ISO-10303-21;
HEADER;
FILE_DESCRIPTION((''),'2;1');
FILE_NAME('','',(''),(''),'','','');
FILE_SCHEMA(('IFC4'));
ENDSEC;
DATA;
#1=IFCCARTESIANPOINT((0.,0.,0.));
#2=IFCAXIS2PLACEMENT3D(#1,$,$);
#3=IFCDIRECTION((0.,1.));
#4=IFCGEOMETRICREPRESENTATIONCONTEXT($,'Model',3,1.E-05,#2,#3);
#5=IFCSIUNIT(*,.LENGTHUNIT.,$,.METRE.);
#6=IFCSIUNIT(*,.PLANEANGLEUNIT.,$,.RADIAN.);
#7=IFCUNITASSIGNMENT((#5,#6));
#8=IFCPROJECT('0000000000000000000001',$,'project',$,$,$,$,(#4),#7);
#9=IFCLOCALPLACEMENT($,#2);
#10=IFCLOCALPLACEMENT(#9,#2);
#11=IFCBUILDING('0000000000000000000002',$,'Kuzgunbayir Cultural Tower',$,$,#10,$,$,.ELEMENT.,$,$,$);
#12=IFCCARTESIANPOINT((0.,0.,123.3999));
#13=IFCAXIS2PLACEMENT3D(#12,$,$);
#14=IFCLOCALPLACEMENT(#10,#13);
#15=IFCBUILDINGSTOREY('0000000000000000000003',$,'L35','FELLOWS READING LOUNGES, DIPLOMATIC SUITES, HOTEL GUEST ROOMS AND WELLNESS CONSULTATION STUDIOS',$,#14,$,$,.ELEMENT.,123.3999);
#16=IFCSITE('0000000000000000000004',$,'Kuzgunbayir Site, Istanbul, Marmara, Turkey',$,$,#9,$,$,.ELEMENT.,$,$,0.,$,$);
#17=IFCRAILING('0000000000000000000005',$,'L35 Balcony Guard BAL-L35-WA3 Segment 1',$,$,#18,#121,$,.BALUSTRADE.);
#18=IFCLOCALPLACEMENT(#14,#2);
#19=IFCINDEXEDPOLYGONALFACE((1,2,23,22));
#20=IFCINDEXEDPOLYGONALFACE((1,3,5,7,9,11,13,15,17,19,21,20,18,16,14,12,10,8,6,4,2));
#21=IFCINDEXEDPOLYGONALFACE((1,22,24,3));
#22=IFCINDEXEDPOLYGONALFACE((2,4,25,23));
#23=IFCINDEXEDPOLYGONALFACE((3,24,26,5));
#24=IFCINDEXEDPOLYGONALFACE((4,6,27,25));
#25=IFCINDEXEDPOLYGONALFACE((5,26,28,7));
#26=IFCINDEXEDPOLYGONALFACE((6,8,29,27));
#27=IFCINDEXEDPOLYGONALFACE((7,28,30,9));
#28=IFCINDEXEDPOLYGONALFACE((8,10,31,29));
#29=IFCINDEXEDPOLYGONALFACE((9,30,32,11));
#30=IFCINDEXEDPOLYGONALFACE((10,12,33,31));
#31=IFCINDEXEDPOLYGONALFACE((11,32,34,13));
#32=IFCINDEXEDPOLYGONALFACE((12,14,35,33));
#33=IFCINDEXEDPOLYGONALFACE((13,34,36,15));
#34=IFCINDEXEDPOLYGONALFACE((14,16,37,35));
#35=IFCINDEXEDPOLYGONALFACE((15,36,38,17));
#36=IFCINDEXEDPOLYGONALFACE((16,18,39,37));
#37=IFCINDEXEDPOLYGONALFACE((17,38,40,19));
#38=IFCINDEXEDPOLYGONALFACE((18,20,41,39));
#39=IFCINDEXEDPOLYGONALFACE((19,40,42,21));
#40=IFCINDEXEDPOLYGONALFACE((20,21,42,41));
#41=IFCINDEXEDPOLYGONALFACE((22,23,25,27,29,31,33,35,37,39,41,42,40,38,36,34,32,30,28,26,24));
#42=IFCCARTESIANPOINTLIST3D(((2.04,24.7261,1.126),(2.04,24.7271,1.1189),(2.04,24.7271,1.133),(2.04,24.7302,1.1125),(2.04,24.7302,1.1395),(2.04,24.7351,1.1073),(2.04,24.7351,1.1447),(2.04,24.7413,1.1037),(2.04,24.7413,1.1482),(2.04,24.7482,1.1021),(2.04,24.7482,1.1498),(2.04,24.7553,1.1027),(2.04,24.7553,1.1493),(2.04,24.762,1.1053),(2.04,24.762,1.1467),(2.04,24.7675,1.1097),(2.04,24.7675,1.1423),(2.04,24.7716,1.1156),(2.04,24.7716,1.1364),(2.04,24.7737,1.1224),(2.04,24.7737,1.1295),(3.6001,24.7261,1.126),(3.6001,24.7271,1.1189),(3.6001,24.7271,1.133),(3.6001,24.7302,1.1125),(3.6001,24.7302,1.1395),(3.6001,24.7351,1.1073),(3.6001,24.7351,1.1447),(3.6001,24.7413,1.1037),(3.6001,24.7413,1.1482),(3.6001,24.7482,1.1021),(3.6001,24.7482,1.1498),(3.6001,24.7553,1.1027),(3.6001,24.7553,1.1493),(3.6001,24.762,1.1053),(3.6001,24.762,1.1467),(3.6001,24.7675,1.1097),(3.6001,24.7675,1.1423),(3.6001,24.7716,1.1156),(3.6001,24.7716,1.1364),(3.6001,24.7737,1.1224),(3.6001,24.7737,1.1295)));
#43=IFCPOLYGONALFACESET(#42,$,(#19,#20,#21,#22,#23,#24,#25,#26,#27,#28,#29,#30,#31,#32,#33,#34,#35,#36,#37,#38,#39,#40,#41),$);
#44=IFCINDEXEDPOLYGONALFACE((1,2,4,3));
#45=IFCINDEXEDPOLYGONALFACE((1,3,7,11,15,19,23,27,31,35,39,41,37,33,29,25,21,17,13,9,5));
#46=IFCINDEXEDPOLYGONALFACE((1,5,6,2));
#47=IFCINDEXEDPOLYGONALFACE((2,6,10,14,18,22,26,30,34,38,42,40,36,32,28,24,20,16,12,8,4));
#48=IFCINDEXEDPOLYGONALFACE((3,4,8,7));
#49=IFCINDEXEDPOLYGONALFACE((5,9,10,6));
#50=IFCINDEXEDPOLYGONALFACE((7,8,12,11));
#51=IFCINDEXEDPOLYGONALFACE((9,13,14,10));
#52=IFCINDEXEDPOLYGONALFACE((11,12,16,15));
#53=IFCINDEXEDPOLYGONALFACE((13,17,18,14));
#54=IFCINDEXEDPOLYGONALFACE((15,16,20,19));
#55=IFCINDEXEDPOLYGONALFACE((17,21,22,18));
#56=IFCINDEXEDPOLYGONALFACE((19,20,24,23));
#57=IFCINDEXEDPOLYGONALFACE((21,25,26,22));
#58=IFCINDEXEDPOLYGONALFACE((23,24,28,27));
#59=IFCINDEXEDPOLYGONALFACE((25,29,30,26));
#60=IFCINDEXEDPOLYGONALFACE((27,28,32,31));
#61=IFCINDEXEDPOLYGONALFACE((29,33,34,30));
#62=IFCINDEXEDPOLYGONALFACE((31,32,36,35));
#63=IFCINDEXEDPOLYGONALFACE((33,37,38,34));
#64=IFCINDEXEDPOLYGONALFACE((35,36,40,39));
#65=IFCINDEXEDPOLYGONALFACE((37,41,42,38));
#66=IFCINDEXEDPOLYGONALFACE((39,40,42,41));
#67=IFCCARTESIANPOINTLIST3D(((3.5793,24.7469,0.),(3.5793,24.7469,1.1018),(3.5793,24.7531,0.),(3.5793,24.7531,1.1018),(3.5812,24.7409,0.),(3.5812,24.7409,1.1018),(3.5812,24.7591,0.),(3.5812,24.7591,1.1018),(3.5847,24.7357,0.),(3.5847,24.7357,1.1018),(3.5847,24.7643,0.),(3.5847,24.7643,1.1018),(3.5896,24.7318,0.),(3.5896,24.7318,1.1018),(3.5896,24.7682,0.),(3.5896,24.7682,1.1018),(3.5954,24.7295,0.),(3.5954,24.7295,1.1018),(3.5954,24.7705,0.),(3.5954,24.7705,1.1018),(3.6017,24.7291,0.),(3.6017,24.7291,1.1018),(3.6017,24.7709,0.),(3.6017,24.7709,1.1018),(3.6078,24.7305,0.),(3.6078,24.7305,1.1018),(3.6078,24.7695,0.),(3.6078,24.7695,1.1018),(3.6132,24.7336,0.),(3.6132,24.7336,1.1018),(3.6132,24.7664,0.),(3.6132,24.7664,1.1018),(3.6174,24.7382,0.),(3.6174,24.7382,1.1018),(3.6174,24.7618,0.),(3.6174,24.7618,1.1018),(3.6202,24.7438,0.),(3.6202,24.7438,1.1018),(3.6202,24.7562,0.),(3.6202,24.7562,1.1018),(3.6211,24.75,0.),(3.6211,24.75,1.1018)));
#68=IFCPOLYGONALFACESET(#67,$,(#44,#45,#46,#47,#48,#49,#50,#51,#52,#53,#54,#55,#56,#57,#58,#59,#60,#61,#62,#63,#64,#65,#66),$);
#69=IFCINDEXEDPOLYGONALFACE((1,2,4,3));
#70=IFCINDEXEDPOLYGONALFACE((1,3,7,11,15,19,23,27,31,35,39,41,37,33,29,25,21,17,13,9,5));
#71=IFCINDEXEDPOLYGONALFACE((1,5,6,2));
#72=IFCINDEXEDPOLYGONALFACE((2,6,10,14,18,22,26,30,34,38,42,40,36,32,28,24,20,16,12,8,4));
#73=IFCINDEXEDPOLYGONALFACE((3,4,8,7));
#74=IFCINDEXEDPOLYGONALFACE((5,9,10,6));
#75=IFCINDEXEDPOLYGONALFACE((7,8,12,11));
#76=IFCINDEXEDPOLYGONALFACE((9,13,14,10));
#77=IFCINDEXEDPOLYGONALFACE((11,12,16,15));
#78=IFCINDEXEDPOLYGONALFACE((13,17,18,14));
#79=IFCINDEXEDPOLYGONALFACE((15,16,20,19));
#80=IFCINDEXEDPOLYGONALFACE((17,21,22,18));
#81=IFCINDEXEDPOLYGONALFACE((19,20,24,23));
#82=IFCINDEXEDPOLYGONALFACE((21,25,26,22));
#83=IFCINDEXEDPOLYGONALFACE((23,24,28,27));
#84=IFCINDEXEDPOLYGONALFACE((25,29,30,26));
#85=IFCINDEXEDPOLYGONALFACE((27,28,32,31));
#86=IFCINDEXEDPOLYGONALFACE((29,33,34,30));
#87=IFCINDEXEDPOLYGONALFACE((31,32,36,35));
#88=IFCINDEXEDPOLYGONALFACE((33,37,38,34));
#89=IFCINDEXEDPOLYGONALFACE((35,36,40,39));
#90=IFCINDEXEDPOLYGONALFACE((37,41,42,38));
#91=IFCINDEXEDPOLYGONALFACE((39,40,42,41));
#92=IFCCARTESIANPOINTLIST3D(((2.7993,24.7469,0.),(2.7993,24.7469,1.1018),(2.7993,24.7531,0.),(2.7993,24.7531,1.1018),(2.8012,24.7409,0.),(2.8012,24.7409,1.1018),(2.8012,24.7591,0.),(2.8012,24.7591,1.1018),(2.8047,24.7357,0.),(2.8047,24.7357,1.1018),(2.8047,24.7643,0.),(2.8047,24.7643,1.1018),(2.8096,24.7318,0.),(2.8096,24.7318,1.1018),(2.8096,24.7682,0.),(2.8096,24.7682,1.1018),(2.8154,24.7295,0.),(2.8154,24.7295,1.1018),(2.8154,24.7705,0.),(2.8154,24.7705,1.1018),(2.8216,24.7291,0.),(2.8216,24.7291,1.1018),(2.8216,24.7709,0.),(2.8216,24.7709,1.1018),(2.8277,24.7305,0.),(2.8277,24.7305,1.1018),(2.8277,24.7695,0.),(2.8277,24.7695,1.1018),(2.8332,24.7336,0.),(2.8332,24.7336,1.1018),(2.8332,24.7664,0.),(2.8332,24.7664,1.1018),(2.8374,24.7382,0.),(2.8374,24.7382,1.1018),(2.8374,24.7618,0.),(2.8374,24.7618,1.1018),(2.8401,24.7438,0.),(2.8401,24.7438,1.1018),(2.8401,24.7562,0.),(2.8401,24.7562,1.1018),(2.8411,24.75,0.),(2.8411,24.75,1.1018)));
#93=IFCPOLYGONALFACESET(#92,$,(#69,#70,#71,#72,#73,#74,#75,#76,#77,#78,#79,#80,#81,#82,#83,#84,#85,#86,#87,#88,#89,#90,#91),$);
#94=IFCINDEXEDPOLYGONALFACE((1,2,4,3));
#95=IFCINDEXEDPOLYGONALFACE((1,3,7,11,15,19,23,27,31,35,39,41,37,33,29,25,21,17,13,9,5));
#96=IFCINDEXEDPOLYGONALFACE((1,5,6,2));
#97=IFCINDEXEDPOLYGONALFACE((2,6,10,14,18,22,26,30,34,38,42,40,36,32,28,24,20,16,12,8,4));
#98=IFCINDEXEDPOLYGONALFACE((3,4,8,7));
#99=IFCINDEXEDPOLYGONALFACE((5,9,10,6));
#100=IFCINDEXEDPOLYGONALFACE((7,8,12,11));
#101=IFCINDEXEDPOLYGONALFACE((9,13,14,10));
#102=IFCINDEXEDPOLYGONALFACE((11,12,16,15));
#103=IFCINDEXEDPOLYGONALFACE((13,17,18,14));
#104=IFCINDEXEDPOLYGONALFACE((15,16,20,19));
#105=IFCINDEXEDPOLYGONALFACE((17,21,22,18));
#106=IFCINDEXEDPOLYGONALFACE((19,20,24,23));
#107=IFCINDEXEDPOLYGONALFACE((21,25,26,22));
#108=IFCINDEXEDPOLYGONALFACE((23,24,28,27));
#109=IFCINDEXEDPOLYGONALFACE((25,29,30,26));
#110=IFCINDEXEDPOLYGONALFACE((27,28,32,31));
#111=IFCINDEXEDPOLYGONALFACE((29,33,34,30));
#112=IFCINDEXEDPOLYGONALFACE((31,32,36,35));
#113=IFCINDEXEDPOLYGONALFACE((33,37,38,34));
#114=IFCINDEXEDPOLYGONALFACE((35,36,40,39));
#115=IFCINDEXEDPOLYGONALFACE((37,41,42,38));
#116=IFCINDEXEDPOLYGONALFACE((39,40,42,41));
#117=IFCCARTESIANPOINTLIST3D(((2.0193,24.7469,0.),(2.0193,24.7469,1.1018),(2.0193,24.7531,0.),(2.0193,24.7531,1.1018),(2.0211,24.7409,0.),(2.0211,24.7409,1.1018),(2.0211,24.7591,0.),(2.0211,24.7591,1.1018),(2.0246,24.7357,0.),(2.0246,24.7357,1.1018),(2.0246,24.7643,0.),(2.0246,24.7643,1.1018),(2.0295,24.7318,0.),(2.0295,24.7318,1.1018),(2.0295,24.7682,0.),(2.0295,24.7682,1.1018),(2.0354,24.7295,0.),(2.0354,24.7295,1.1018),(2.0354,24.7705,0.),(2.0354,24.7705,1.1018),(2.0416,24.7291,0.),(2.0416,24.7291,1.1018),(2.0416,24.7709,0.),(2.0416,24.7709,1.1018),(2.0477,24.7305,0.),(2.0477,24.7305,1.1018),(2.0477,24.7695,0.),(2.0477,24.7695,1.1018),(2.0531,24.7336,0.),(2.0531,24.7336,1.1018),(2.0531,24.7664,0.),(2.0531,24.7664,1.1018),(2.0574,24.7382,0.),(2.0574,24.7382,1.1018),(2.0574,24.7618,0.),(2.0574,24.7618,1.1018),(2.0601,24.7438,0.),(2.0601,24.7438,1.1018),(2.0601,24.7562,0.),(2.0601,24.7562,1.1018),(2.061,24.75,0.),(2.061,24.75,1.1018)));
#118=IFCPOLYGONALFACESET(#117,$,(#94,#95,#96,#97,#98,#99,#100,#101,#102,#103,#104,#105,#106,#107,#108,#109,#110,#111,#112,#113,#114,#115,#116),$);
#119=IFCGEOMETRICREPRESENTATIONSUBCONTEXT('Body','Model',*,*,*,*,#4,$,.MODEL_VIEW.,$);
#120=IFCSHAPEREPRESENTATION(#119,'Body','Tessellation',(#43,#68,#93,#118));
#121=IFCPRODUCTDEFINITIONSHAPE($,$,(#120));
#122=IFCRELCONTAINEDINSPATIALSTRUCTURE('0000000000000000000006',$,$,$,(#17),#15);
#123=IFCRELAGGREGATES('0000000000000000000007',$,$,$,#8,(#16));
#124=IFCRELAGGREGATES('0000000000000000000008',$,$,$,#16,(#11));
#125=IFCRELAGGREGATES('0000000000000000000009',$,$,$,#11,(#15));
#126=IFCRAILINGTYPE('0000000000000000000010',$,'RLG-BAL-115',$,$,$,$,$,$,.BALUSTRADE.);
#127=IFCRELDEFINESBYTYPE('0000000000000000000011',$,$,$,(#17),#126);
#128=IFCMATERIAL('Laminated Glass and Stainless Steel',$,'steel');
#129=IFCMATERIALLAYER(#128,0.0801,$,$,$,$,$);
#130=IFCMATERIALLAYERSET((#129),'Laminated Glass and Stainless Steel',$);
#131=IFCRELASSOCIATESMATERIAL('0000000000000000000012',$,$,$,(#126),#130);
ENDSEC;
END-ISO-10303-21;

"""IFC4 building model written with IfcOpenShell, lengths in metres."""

from ifc_helpers import new_model, si_unit, direction, frame, origin, origin_2d, place, context, subcontext, project, spatial, circle, extrude, material, layer, layer_set, type_object, element, save


model = new_model("IFC4")

# Units and contexts
model_context = context("Model", 3, precision=1e-05, world=origin(), true_north=direction((0.0, 1.0)))
body_context = subcontext(model_context, "Body", "Model", "MODEL_VIEW")
ifc_project = project(units=[si_unit("LENGTHUNIT", "METRE"), si_unit("PLANEANGLEUNIT", "RADIAN")], contexts=[model_context])

# Site, building, storey
site_placement = place(None, origin())
site = spatial("IfcSite", under=ifc_project, at=site_placement, Name="Kuzgunbayir Site, Istanbul, Marmara, Turkey", CompositionType="ELEMENT", RefElevation=0.0)
building_placement = place(site_placement, origin())
building = spatial("IfcBuilding", under=site, at=building_placement, Name="Kuzgunbayir Cultural Tower", CompositionType="ELEMENT")
storey_placement = place(building_placement, frame((0.0, 0.0, 123.3999)))
storey = spatial("IfcBuildingStorey", under=building, at=storey_placement, Name="L35", Description="FELLOWS READING LOUNGES, DIPLOMATIC SUITES, HOTEL GUEST ROOMS AND WELLNESS CONSULTATION STUDIOS", CompositionType="ELEMENT", Elevation=123.3999)

# Railing
ifc_material_1 = material(Name="Laminated Glass and Stainless Steel", Category="steel")
ifc_layer_1 = layer(ifc_material_1, 0.0801)
ifc_layer_set_1 = layer_set([ifc_layer_1], Name="Laminated Glass and Stainless Steel")
railing_type = type_object("IfcRailingType", Name="RLG-BAL-115", PredefinedType="BALUSTRADE", material=ifc_layer_set_1)
railing_1_placement = place(storey_placement, frame((3.6001, 24.75, 0.0)))
element("IfcRailing", 1, at=railing_1_placement, inside=storey, type_object=railing_type, Name="L35 Balcony Guard BAL-L35-WA3 Segment 1", PredefinedType="BALUSTRADE", context=body_context, shape_type="SweptSolid", body=[
    extrude(circle(Radius=0.0239, at=origin_2d()), frame((0.0, 0.0, 1.126), z_axis=(-1.0, 0.0, 0.0), x_axis=(0.0, -1.0, 0.0)), (0.0, 0.0, 1.0), 1.5601),
    extrude(circle(Radius=0.021, at=origin_2d()), origin(), (0.0, 0.0, 1.0), 1.1018),
    extrude(circle(Radius=0.021, at=origin_2d()), frame((-0.78, 0.0, 0.0)), (0.0, 0.0, 1.0), 1.1018),
    extrude(circle(Radius=0.021, at=origin_2d()), frame((-1.5601, 0.0, 0.0)), (0.0, 0.0, 1.0), 1.1018),
])

save(model, "model.ifc")
